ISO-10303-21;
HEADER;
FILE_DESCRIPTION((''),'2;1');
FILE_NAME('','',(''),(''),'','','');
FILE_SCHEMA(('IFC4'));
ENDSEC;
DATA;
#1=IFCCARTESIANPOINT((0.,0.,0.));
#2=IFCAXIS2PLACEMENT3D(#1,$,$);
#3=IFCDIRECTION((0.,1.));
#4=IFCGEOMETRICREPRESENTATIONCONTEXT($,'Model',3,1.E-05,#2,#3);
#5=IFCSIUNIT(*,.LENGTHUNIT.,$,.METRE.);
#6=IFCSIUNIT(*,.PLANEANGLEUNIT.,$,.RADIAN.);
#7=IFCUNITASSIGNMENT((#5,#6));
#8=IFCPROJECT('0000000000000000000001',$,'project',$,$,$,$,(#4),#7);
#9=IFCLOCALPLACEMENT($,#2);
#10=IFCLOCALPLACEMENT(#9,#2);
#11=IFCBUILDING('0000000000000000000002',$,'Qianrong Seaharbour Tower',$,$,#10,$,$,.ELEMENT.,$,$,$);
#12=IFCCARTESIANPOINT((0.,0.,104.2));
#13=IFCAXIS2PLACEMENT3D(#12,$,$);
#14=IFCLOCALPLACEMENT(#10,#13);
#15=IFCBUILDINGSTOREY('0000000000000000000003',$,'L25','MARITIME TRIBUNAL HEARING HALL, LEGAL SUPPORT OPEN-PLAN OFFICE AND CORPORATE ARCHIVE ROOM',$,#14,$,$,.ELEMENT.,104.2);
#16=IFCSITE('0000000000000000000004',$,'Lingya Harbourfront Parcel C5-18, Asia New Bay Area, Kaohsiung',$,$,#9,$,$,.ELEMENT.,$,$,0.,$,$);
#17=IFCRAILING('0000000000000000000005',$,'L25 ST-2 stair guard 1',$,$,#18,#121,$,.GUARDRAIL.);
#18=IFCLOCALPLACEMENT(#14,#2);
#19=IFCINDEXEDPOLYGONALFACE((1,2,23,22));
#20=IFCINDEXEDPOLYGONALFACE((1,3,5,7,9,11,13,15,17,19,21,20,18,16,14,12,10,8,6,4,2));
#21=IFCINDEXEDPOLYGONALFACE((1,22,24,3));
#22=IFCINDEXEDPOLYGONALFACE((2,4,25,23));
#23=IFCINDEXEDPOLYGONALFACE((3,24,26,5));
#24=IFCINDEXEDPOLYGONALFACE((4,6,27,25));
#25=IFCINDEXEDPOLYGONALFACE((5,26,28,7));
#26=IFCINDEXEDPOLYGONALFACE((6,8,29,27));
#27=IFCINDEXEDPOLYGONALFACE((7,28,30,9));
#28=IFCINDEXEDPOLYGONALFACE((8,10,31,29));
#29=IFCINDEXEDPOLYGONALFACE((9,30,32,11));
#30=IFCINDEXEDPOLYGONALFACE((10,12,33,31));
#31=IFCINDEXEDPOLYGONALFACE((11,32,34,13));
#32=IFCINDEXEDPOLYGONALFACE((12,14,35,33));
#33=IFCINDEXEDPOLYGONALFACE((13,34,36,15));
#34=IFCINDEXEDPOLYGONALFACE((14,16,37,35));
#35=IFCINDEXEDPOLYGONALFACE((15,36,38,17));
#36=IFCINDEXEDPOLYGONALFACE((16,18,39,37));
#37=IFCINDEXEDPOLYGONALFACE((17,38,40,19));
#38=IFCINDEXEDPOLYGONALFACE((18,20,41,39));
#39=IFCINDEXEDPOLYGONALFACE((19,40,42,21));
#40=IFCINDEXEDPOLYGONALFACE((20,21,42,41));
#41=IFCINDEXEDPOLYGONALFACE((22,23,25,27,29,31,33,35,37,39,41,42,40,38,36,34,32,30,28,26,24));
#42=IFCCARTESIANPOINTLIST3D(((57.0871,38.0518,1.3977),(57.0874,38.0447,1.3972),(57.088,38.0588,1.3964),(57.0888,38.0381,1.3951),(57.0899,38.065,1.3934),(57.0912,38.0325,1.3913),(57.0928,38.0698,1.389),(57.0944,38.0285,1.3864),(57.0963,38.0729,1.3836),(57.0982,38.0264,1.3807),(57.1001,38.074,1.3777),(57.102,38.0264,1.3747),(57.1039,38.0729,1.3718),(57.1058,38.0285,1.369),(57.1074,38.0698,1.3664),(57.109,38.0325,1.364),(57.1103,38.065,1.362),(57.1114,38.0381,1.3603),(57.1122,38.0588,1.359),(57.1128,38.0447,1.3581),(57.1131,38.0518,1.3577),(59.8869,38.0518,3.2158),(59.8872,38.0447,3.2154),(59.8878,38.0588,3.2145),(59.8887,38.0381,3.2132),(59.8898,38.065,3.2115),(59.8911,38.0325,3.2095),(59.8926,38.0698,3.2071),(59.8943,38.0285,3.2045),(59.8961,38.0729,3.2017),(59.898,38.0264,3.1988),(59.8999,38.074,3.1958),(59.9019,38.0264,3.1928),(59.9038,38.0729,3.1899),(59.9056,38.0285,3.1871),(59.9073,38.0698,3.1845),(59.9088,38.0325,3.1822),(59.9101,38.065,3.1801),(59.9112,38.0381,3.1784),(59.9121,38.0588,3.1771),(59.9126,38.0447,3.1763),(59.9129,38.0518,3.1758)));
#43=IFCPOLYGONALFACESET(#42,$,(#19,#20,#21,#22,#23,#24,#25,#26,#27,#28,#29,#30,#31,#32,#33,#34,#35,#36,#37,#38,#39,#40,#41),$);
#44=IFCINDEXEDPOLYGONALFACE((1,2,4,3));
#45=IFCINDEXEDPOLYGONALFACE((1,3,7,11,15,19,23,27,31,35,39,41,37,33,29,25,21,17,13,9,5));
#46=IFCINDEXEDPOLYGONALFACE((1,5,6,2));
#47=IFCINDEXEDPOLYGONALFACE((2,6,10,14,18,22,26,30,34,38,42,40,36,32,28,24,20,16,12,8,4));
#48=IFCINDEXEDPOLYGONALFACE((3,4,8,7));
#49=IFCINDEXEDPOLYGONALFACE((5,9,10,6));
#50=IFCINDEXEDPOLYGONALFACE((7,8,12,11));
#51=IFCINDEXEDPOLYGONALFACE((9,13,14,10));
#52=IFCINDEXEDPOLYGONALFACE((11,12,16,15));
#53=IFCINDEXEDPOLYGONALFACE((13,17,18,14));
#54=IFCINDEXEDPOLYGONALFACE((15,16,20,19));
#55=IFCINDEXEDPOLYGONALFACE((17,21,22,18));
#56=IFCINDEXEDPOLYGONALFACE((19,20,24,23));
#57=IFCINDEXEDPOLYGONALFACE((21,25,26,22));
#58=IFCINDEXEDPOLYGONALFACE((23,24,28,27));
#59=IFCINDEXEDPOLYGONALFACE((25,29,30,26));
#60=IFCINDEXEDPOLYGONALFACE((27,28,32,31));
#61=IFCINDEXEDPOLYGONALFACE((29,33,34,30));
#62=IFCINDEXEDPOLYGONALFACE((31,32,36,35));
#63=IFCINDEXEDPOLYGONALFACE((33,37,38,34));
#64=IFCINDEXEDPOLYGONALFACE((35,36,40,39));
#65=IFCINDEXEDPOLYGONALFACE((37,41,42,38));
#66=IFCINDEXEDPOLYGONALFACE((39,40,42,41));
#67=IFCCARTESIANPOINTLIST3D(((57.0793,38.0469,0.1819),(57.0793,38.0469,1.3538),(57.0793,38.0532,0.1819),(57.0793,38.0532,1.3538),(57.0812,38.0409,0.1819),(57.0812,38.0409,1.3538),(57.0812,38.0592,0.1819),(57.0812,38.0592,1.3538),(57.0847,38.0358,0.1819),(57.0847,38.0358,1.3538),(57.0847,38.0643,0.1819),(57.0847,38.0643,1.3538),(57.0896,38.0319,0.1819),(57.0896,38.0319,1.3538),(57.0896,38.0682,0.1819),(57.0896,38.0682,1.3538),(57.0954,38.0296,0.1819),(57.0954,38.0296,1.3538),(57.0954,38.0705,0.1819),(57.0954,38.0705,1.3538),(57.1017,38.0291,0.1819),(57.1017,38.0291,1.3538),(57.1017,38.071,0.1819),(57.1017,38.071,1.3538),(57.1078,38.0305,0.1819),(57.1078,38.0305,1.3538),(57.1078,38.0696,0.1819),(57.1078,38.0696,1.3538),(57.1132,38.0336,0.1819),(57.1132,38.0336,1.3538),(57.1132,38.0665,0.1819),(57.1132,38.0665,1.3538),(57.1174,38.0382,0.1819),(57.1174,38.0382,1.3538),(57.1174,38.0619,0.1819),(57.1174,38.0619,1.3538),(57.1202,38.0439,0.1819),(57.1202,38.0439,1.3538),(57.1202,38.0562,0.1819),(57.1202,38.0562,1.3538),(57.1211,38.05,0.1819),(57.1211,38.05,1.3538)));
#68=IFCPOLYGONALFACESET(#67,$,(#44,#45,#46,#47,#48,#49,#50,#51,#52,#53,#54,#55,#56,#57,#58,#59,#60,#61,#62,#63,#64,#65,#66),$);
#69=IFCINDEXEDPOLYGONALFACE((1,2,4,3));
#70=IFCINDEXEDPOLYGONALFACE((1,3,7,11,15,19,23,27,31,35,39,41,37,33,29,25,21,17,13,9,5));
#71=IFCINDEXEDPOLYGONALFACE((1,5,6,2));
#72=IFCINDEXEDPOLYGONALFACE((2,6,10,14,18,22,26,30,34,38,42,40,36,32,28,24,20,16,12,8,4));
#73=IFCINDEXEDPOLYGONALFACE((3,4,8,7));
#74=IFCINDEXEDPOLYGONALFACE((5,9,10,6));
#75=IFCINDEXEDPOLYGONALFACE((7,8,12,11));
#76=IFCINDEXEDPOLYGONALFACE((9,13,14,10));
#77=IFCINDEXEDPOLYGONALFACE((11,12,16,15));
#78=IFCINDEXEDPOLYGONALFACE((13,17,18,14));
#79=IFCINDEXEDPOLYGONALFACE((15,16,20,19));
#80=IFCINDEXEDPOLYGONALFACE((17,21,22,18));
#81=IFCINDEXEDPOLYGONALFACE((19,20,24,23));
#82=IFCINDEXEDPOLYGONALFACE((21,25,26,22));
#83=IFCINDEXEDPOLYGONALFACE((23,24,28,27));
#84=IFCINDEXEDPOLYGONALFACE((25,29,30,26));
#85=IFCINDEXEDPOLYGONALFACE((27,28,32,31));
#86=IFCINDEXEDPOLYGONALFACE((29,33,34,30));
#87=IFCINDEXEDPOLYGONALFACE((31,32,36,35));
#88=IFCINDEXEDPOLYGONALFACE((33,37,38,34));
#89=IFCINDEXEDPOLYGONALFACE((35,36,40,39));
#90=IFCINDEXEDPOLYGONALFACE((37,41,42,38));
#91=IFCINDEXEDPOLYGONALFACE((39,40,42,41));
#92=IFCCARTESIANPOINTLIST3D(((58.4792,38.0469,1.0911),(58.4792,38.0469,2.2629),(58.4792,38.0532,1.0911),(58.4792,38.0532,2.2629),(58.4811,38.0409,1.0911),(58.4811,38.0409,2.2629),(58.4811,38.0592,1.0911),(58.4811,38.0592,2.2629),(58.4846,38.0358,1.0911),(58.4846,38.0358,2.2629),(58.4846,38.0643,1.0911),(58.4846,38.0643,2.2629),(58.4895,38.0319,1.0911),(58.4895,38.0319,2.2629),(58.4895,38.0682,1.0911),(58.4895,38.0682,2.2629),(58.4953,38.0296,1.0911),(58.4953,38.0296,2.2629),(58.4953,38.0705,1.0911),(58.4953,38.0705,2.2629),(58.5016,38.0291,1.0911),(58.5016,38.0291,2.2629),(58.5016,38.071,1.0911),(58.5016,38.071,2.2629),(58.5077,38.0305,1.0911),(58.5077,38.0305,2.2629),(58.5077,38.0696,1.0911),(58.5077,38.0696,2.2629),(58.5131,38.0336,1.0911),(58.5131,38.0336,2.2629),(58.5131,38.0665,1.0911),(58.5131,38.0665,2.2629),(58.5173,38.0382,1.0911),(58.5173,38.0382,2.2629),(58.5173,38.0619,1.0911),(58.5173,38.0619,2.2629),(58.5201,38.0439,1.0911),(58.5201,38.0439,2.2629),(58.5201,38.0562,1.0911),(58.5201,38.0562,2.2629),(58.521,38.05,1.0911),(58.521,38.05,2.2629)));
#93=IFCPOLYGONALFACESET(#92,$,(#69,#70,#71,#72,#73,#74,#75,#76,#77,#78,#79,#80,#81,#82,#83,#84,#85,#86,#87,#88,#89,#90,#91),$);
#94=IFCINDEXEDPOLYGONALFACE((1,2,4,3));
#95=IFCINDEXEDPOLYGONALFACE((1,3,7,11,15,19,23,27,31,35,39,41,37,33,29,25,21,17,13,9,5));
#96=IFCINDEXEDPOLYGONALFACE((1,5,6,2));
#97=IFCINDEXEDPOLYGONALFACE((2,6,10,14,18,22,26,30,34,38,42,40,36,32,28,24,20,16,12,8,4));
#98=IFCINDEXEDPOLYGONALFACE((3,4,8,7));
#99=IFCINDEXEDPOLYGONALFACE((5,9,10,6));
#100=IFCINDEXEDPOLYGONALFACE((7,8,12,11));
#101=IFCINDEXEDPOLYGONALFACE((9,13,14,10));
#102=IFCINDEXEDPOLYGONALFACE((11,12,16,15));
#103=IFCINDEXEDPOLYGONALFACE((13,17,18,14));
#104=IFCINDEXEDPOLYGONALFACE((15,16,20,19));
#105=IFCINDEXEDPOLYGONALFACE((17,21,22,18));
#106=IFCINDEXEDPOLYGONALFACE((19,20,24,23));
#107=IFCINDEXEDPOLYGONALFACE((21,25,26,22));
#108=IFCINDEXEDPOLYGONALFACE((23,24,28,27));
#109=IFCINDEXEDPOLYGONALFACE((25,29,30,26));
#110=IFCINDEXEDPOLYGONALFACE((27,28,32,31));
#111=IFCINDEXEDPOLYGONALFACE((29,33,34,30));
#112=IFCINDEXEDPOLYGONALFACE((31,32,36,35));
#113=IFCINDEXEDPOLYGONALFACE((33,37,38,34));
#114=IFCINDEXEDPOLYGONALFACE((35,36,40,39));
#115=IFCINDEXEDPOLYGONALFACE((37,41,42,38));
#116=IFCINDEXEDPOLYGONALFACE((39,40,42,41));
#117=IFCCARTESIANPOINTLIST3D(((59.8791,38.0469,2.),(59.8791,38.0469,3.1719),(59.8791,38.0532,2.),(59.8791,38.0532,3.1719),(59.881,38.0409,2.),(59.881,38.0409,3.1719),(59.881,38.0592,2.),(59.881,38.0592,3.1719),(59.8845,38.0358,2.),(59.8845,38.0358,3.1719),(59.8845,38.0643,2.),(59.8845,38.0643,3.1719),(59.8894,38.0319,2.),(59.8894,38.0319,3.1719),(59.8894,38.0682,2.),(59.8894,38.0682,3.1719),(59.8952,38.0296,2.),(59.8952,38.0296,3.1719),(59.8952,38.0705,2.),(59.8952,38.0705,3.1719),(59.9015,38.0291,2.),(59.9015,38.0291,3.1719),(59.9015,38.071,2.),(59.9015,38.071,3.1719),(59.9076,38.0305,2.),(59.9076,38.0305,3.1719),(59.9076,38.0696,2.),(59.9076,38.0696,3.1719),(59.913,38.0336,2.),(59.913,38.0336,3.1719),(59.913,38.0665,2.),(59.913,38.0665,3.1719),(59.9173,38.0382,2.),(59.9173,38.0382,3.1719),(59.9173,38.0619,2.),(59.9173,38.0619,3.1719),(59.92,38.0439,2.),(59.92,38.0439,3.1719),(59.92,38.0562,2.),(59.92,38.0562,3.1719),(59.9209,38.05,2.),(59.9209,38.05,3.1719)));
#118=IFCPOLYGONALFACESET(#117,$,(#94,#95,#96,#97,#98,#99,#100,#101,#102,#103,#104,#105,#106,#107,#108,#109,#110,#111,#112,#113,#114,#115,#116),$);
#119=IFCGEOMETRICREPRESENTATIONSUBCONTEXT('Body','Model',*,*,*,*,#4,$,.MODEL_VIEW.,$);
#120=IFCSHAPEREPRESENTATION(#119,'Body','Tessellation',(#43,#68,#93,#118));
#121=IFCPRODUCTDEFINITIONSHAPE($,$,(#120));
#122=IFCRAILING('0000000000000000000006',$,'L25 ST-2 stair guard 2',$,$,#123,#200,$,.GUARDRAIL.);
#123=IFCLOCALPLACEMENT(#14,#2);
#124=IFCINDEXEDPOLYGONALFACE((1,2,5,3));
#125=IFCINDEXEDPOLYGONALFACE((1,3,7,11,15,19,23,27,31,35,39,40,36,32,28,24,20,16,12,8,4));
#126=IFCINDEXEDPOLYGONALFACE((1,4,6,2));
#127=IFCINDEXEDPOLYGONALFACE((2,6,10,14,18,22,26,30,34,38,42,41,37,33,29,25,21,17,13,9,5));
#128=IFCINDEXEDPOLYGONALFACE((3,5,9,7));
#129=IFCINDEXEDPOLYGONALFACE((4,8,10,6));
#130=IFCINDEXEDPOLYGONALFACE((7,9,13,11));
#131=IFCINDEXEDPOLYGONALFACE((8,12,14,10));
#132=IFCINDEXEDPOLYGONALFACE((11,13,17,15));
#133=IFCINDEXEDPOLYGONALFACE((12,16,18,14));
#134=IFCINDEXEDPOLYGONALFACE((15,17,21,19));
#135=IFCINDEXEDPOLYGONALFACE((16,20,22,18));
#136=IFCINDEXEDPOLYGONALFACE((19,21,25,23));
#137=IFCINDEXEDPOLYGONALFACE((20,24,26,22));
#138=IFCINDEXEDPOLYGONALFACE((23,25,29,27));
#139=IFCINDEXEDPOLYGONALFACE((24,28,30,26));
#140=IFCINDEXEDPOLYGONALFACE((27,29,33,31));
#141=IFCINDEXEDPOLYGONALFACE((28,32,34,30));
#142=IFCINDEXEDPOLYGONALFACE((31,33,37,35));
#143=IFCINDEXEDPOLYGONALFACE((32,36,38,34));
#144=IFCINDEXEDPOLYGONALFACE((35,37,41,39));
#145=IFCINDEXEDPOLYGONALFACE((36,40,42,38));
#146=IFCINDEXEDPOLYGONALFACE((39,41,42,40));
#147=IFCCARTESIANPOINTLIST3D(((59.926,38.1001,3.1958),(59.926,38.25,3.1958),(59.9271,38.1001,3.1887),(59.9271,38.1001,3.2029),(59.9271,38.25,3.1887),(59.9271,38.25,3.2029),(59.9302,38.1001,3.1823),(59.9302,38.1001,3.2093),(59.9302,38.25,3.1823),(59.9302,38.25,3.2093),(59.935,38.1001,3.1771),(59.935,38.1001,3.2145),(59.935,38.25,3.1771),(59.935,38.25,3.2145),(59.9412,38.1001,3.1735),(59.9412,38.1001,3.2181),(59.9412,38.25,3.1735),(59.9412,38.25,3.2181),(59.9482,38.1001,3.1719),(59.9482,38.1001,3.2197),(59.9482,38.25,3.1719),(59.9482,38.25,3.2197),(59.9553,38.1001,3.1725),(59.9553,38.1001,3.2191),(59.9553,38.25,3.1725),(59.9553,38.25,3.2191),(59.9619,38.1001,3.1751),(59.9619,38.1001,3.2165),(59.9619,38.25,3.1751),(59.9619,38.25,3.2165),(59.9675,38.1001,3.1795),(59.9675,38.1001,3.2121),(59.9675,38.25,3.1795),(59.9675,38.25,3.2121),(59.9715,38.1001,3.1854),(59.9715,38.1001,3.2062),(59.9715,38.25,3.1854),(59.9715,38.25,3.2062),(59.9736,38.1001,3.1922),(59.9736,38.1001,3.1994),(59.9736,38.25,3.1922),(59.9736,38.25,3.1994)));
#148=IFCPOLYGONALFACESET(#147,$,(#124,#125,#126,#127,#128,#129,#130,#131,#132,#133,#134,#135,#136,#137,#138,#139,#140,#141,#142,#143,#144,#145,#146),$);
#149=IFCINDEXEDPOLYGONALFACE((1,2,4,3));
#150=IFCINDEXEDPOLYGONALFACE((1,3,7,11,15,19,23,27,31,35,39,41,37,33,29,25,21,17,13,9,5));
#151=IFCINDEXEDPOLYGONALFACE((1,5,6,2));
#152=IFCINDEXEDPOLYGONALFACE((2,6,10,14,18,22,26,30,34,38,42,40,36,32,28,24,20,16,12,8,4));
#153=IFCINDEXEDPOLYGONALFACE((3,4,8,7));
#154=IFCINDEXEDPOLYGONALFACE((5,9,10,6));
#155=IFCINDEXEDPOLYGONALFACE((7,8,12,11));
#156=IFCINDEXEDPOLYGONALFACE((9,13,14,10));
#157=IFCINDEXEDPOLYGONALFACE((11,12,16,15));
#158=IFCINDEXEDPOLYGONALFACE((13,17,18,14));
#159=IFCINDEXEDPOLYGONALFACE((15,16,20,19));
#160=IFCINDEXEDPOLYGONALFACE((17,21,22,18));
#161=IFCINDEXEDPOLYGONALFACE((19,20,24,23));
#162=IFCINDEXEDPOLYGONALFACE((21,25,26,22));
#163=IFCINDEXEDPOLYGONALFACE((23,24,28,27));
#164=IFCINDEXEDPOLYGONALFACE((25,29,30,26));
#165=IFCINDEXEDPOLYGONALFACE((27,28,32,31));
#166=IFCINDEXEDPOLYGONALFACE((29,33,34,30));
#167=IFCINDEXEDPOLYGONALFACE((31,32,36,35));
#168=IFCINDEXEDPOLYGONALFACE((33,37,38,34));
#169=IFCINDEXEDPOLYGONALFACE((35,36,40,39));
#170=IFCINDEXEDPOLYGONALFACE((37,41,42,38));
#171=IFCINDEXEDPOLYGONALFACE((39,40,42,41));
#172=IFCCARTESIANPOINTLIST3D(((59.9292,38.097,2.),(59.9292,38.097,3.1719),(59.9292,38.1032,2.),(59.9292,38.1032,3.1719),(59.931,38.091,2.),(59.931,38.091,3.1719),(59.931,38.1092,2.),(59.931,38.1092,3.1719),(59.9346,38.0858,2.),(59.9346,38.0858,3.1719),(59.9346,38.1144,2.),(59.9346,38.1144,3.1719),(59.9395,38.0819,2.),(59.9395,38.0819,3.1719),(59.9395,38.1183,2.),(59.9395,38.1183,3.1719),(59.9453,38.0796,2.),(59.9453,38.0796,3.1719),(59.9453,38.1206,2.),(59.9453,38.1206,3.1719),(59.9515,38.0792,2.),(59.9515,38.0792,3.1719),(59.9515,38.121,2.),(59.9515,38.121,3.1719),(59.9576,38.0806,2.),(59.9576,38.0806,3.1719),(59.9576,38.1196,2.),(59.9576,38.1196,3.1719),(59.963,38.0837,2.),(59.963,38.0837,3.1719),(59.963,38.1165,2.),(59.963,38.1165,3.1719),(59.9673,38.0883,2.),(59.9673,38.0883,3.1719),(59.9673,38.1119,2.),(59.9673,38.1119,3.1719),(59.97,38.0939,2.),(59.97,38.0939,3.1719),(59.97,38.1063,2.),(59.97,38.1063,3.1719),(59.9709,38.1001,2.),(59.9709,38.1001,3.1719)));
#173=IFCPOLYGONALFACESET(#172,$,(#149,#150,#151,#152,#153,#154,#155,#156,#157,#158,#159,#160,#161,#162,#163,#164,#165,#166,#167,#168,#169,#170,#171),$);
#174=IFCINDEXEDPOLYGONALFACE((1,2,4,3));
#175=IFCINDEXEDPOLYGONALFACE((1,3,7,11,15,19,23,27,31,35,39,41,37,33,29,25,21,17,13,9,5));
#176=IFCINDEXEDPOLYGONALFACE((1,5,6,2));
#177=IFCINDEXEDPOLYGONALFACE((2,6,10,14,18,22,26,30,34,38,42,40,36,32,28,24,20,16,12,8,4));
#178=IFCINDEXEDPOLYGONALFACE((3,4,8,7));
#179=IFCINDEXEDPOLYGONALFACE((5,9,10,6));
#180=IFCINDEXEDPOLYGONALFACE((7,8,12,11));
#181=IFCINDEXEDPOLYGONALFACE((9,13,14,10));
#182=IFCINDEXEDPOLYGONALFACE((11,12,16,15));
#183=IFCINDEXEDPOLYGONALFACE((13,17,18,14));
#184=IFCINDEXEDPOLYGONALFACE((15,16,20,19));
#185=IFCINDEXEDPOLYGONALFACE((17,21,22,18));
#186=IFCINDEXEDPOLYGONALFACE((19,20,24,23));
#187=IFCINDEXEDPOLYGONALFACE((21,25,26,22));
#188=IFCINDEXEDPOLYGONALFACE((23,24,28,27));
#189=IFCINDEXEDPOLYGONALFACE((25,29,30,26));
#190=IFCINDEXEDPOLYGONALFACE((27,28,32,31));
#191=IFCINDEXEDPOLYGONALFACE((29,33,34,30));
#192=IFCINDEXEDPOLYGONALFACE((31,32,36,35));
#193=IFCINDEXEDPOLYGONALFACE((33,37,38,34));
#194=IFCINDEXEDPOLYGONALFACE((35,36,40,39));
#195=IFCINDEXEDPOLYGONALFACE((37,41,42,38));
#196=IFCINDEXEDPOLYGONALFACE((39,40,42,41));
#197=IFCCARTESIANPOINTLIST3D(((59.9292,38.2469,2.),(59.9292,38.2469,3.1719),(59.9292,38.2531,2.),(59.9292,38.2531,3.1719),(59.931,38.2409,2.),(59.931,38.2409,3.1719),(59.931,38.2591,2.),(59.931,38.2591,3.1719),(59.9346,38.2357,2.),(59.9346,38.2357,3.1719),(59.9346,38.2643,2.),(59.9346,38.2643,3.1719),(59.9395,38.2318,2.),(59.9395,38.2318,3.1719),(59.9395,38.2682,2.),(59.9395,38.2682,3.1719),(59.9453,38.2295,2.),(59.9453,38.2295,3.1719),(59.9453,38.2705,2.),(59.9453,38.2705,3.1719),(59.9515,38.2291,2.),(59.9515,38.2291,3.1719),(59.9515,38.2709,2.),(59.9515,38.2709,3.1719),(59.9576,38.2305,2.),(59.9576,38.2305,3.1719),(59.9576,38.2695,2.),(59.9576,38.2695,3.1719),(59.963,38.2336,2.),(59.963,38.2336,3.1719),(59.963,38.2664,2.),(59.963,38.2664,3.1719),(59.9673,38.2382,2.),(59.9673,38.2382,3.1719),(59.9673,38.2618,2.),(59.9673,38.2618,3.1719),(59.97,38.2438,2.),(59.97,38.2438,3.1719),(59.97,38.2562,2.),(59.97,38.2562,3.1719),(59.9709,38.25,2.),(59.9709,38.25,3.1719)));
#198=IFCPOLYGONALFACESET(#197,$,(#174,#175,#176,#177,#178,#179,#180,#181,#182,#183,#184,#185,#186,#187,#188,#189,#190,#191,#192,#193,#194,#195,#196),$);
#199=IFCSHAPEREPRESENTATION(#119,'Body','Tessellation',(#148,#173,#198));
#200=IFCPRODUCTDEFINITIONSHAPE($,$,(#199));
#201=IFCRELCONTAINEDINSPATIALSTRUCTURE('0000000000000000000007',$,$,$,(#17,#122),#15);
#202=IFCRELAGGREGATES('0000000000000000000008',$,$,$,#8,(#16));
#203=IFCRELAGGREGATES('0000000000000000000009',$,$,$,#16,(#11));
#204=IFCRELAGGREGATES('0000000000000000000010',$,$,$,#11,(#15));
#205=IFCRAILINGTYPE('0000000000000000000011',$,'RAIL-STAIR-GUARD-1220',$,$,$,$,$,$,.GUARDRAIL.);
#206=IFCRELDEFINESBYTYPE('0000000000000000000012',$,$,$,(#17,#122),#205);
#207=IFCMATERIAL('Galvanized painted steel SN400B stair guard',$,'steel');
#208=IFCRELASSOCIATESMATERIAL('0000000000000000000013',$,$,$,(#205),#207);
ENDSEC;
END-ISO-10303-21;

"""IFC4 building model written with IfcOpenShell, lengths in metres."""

from ifc_helpers import new_model, si_unit, direction, frame, origin, origin_2d, place, context, subcontext, project, spatial, circle, extrude, material, type_object, element, save


model = new_model("IFC4")

# Units and contexts
model_context = context("Model", 3, precision=1e-05, world=origin(), true_north=direction((0.0, 1.0)))
body_context = subcontext(model_context, "Body", "Model", "MODEL_VIEW")
ifc_project = project(units=[si_unit("LENGTHUNIT", "METRE"), si_unit("PLANEANGLEUNIT", "RADIAN")], contexts=[model_context])

# Site, building, storey
site_placement = place(None, origin())
site = spatial("IfcSite", under=ifc_project, at=site_placement, Name="Lingya Harbourfront Parcel C5-18, Asia New Bay Area, Kaohsiung", CompositionType="ELEMENT", RefElevation=0.0)
building_placement = place(site_placement, origin())
building = spatial("IfcBuilding", under=site, at=building_placement, Name="Qianrong Seaharbour Tower", CompositionType="ELEMENT")
storey_placement = place(building_placement, frame((0.0, 0.0, 104.2)))
storey = spatial("IfcBuildingStorey", under=building, at=storey_placement, Name="L25", Description="MARITIME TRIBUNAL HEARING HALL, LEGAL SUPPORT OPEN-PLAN OFFICE AND CORPORATE ARCHIVE ROOM", CompositionType="ELEMENT", Elevation=104.2)

# Railings
ifc_material_1 = material(Name="Galvanized painted steel SN400B stair guard", Category="steel")
railing_type_1 = type_object("IfcRailingType", Name="RAIL-STAIR-GUARD-1220", PredefinedType="GUARDRAIL", material=ifc_material_1)
railing_1_placement = place(storey_placement, frame((57.1001, 38.05, 0.1819)))
element("IfcRailing", 1, at=railing_1_placement, inside=storey, type_object=railing_type_1, Name="L25 ST-2 stair guard 1", PredefinedType="GUARDRAIL", context=body_context, shape_type="SweptSolid", body=[
    extrude(circle(Radius=0.0239, at=origin_2d()), frame((0.0, 0.0, 1.1958), z_axis=(0.838684, 0.0, 0.544618), x_axis=(0.0, 1.0, 0.0)), (0.0, 0.0, 1.0), 3.3384),
    extrude(circle(Radius=0.021, at=origin_2d()), origin(), (0.0, 0.0, 1.0), 1.1719),
    extrude(circle(Radius=0.021, at=origin_2d()), frame((1.3999, 0.0, 0.9092)), (0.0, 0.0, 1.0), 1.1719),
    extrude(circle(Radius=0.021, at=origin_2d()), frame((2.7998, 0.0, 1.8181)), (0.0, 0.0, 1.0), 1.1719),
])
railing_2_placement = place(storey_placement, frame((59.95, 38.1001, 2.0)))
element("IfcRailing", 2, at=railing_2_placement, inside=storey, type_object=railing_type_1, Name="L25 ST-2 stair guard 2", PredefinedType="GUARDRAIL", context=body_context, shape_type="SweptSolid", body=[
    extrude(circle(Radius=0.0239, at=origin_2d()), frame((0.0, 0.0, 1.1958), z_axis=(0.0, 1.0, 0.0), x_axis=(-1.0, 0.0, 0.0)), (0.0, 0.0, 1.0), 0.1499),
    extrude(circle(Radius=0.021, at=origin_2d()), origin(), (0.0, 0.0, 1.0), 1.1719),
    extrude(circle(Radius=0.021, at=origin_2d()), frame((0.0, 0.1499, 0.0)), (0.0, 0.0, 1.0), 1.1719),
])

save(model, "model.ifc")
